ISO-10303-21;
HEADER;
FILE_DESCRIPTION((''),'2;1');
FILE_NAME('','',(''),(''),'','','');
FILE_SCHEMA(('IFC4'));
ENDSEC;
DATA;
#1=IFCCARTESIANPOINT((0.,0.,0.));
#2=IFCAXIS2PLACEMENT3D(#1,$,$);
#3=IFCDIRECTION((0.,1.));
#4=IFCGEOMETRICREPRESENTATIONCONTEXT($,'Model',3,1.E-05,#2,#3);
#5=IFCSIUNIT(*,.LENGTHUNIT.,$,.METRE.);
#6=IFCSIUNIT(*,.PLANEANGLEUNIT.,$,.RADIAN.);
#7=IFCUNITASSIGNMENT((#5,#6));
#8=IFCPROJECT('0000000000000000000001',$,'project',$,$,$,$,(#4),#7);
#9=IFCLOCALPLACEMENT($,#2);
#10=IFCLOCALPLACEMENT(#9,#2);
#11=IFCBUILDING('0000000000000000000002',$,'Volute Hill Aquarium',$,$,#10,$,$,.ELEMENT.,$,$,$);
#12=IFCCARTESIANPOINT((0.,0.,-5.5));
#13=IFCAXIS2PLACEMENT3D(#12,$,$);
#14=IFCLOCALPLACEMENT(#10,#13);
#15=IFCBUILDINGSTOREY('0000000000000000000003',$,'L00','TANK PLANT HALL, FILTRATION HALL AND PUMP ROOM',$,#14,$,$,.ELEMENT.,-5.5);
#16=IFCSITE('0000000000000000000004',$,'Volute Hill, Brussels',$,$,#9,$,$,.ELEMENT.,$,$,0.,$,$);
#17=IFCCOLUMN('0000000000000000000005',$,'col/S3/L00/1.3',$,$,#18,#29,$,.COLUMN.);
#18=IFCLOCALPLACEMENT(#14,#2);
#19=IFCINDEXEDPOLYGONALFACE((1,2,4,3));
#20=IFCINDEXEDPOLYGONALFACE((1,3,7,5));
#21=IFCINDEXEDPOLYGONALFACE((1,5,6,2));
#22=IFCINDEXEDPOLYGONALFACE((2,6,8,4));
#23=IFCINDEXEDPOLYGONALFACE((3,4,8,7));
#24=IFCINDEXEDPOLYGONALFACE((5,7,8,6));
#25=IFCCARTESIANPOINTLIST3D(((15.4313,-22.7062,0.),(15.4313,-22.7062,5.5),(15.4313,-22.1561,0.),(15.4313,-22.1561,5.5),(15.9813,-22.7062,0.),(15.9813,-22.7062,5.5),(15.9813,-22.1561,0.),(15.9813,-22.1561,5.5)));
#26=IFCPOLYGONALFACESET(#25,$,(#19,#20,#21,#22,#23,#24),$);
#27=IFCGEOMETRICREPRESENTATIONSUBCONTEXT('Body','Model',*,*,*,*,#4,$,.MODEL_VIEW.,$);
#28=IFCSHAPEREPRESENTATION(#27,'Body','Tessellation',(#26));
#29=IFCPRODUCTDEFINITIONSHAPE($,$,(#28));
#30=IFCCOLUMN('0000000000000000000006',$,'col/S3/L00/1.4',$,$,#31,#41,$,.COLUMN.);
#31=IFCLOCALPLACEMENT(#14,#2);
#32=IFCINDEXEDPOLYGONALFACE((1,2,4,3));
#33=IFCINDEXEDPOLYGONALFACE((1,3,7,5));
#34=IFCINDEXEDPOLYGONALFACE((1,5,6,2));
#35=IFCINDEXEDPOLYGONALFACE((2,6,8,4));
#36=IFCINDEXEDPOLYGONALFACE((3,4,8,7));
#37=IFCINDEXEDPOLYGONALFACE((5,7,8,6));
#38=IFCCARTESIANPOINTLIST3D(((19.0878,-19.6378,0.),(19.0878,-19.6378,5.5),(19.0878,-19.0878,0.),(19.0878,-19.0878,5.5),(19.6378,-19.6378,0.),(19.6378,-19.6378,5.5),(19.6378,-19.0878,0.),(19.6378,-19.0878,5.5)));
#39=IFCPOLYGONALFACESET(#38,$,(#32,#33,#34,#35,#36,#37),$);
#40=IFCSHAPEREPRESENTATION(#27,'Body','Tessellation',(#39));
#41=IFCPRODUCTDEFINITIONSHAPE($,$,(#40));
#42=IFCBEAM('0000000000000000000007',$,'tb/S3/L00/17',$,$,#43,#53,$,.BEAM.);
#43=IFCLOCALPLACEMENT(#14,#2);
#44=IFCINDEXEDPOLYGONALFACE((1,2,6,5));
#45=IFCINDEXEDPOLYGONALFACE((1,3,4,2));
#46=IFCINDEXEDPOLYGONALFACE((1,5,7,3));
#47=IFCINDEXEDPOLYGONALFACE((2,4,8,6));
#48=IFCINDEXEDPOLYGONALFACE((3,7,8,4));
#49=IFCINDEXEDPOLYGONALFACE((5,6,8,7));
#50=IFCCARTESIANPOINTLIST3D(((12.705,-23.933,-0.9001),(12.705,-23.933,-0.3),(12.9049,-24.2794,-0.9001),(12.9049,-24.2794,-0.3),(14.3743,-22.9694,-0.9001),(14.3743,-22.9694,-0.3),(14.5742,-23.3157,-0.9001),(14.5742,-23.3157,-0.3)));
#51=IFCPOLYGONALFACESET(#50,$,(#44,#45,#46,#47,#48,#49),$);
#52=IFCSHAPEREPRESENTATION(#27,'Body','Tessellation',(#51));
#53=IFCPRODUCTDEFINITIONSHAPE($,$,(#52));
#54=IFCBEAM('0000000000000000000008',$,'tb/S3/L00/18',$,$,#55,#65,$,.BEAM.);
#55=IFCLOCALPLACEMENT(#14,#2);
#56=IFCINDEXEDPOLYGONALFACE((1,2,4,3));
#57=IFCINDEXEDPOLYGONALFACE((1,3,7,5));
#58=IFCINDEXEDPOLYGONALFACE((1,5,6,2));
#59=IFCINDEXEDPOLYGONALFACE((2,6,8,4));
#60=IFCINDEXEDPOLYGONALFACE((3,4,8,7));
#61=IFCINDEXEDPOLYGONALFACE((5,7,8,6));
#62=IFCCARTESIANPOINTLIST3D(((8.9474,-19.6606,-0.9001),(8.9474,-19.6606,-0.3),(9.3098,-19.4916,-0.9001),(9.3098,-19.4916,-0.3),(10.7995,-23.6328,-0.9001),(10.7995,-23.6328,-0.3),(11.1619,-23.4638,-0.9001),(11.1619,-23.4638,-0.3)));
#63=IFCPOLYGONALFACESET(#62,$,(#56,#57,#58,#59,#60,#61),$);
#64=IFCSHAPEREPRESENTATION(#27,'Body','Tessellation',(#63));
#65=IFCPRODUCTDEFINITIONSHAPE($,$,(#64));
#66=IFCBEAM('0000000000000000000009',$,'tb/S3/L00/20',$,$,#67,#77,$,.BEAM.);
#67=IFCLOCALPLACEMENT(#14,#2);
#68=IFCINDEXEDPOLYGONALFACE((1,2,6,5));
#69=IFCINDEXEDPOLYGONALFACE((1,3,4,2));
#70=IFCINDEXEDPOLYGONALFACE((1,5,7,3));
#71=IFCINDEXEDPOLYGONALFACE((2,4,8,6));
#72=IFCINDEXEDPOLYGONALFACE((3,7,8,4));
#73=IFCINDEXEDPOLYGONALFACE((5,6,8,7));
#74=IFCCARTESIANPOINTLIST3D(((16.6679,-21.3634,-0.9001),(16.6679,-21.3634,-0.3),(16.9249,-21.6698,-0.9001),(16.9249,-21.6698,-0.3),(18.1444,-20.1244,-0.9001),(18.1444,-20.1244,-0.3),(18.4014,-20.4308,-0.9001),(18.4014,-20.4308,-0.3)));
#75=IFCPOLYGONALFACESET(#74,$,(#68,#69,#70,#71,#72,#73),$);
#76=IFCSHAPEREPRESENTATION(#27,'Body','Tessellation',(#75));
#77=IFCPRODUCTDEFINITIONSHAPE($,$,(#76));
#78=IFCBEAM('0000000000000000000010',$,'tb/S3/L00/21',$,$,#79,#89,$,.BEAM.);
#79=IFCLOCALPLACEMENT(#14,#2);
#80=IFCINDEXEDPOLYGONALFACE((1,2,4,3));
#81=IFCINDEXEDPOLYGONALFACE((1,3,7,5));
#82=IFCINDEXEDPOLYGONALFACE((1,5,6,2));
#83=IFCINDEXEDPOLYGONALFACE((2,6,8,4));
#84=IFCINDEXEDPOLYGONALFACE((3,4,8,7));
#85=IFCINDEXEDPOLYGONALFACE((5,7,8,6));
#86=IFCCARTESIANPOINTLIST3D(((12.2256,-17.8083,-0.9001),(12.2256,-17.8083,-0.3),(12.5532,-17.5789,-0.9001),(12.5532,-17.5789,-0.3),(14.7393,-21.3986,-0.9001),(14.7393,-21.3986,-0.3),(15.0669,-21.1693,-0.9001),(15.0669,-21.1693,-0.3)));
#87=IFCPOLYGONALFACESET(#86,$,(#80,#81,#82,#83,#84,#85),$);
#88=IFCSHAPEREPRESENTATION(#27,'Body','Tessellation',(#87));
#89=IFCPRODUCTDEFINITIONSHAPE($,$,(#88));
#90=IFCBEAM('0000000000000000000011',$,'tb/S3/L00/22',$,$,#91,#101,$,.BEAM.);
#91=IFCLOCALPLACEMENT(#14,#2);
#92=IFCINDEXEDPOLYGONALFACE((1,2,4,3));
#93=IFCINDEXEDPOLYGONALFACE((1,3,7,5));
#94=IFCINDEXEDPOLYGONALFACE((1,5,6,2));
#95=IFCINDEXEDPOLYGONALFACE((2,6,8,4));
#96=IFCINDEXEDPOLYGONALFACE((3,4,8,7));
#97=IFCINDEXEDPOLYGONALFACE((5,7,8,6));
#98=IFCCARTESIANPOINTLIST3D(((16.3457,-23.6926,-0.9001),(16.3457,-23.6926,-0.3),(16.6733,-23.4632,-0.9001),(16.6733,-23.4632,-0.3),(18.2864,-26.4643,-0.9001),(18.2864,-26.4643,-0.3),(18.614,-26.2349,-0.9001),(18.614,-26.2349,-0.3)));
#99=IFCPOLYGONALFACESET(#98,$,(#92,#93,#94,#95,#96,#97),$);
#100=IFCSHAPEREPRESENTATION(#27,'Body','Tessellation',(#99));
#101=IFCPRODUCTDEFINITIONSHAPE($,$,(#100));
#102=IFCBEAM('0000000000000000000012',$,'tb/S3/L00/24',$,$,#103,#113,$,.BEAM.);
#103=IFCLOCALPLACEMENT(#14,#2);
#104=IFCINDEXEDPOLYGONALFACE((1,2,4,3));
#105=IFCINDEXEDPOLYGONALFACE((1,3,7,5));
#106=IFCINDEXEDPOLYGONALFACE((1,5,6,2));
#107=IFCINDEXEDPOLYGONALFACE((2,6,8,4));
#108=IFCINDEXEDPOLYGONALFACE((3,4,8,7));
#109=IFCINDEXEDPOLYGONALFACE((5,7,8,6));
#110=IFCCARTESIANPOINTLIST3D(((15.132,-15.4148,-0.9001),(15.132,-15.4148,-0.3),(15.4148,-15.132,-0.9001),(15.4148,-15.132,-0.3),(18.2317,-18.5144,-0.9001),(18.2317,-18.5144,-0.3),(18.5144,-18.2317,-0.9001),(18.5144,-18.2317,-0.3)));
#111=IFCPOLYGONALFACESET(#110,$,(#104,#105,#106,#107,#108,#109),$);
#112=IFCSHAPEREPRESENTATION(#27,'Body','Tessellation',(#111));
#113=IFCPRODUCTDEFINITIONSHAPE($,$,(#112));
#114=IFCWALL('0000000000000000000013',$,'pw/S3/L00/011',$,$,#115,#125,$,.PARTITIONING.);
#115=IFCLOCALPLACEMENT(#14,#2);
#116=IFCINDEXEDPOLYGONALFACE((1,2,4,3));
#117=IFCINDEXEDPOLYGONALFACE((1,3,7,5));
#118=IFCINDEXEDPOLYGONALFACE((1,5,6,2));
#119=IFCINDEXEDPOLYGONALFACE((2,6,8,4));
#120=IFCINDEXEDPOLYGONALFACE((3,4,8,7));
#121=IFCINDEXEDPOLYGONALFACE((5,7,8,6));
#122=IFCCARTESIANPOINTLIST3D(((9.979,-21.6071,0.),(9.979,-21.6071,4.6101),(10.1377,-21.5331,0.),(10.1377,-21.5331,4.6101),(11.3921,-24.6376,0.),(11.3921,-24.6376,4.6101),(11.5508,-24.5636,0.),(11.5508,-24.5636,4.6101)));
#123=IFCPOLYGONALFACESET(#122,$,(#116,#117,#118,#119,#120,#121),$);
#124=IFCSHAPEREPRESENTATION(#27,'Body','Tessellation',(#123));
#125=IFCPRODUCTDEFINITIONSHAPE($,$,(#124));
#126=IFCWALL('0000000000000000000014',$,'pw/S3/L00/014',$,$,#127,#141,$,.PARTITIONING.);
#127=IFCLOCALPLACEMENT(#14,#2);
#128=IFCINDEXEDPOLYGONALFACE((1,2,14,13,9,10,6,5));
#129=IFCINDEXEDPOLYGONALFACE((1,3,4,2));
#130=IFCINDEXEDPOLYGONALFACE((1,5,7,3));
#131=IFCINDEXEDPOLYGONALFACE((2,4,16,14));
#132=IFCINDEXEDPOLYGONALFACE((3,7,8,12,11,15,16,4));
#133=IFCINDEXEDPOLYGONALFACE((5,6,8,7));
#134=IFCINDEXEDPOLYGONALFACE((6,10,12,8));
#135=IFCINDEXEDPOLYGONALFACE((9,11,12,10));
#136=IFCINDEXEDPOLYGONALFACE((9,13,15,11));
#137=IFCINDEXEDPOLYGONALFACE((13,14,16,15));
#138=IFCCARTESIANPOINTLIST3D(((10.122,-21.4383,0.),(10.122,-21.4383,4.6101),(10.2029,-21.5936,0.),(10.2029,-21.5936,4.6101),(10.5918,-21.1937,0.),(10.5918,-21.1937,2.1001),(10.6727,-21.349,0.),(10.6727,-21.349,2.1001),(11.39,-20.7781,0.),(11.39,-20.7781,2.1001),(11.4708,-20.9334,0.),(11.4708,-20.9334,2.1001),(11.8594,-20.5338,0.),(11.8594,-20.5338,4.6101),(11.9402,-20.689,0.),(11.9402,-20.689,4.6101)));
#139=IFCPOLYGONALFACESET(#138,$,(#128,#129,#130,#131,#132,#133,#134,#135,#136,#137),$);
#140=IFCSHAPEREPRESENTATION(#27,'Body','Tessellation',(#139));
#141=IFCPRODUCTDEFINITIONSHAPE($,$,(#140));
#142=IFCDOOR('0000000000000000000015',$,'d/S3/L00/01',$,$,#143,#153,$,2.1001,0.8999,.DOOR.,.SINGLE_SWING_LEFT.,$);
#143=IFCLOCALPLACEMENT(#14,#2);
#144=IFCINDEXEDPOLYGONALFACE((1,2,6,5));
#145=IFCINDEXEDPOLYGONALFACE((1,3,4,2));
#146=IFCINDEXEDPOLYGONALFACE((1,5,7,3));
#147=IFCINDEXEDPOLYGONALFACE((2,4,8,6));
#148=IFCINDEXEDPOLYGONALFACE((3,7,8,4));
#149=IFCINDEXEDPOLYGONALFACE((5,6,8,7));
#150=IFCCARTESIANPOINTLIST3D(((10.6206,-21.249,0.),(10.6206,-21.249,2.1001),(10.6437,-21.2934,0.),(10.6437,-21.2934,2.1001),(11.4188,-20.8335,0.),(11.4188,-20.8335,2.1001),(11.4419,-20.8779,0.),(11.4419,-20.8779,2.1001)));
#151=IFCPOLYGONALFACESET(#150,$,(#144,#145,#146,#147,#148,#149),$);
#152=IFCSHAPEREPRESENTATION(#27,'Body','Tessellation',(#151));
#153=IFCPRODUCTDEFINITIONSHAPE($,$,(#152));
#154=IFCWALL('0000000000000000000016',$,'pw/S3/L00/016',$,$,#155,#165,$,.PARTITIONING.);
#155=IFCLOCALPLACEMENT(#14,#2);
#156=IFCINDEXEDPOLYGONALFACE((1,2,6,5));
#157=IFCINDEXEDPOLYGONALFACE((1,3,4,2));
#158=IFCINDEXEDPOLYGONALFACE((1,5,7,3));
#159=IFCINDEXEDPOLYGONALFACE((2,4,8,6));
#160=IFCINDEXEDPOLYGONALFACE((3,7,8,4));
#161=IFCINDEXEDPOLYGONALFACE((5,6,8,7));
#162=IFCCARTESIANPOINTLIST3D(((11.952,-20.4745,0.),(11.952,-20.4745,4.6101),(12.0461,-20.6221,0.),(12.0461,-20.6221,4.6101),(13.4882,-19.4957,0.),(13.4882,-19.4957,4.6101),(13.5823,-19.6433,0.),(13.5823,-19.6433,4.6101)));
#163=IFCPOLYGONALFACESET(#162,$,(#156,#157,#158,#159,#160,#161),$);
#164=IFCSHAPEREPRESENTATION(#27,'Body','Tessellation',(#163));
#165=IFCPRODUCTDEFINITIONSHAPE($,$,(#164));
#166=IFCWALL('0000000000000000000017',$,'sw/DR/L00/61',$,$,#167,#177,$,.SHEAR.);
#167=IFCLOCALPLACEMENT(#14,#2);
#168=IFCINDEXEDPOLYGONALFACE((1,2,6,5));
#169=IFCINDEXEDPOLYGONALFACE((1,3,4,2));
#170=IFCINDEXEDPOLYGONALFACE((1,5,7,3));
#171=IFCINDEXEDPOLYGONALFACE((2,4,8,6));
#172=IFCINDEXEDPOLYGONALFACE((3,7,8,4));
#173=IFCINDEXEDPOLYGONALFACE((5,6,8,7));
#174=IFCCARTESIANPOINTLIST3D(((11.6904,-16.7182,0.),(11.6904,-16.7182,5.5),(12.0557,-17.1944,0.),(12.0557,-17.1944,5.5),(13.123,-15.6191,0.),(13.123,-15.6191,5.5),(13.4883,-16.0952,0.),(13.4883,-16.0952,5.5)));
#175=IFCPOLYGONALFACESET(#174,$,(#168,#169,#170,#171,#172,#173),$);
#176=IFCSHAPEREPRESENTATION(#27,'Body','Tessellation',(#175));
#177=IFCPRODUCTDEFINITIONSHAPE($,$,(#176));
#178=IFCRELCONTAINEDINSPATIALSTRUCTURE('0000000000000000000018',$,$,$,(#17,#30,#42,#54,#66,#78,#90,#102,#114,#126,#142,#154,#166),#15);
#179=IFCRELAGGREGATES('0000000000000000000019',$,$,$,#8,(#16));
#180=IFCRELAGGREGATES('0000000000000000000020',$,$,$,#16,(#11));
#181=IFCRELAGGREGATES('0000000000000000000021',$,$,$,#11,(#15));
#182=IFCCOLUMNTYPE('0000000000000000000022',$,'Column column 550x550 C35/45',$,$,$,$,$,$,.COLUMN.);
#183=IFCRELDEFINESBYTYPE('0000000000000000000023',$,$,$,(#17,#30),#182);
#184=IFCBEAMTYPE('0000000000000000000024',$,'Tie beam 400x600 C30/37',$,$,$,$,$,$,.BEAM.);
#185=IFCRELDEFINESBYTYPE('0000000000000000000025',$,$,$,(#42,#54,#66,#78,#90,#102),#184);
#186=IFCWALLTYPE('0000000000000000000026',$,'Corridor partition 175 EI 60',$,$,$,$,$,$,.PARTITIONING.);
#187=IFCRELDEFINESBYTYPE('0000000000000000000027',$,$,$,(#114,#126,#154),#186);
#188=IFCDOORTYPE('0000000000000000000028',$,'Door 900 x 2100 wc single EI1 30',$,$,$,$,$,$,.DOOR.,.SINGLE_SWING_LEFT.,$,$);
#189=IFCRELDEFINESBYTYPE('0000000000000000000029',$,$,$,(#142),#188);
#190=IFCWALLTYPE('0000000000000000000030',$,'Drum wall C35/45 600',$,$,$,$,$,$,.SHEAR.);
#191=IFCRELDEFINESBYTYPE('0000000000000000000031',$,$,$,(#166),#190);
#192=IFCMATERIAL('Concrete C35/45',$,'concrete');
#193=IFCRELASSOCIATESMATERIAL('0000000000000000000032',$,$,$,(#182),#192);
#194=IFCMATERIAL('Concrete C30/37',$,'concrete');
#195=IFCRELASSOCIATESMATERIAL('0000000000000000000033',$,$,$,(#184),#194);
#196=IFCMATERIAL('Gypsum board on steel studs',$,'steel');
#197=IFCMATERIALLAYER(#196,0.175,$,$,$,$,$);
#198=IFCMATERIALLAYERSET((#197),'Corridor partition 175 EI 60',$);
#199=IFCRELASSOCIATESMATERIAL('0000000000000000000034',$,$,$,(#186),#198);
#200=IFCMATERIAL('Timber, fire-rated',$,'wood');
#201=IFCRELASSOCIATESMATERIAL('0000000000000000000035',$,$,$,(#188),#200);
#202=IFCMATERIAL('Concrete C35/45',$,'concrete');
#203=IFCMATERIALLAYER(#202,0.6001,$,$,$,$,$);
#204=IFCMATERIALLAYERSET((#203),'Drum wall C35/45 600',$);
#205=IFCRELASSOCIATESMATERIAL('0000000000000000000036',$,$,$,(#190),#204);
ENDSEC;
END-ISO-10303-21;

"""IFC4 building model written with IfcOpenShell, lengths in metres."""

from ifc_helpers import new_model, si_unit, direction, frame, frame_2d, origin, origin_2d, place, context, subcontext, project, spatial, rectangle, extrude, material, layer, layer_set, material_profile, profile_set, type_object, element, fill, save


model = new_model("IFC4")

# Units and contexts
model_context = context("Model", 3, precision=1e-05, world=origin(), true_north=direction((0.0, 1.0)))
body_context = subcontext(model_context, "Body", "Model", "MODEL_VIEW")
ifc_project = project(units=[si_unit("LENGTHUNIT", "METRE"), si_unit("PLANEANGLEUNIT", "RADIAN")], contexts=[model_context])

# Site, building, storey
site_placement = place(None, origin())
site = spatial("IfcSite", under=ifc_project, at=site_placement, Name="Volute Hill, Brussels", CompositionType="ELEMENT", RefElevation=0.0)
building_placement = place(site_placement, origin())
building = spatial("IfcBuilding", under=site, at=building_placement, Name="Volute Hill Aquarium", CompositionType="ELEMENT")
storey_placement = place(building_placement, frame((0.0, 0.0, -5.5)))
storey = spatial("IfcBuildingStorey", under=building, at=storey_placement, Name="L00", Description="TANK PLANT HALL, FILTRATION HALL AND PUMP ROOM", CompositionType="ELEMENT", Elevation=-5.5)

# Columns
ifc_material_1 = material(Name="Concrete C35/45", Category="concrete")
ifc_material_profile_1 = material_profile(ifc_material_1, rectangle(XDim=0.55, YDim=0.55, at=origin_2d()), Name="RC column 550x550")
ifc_profile_set_1 = profile_set([ifc_material_profile_1], Name="Concrete C35/45")
column_type = type_object("IfcColumnType", Name="Column column 550x550 C35/45", PredefinedType="COLUMN", material=ifc_profile_set_1)
for number, where, z_axis, x_axis, name in (
    (1, (15.7063, -22.4312, 0.0), (0.0, 0.0, 1.0), (1.0, 0.0, 0.0), "col/S3/L00/1.3"),
    (2, (19.3628, -19.3628, 0.0), (0.0, 0.0, 1.0), (1.0, 0.0, 0.0), "col/S3/L00/1.4"),
):
    element("IfcColumn", number, at=place(storey_placement, frame(where, z_axis=z_axis, x_axis=x_axis)), inside=storey, type_object=column_type, Name=name, PredefinedType="COLUMN", context=body_context, shape_type="SweptSolid", body=[
        extrude(rectangle(XDim=0.55, YDim=0.55, at=origin_2d()), origin(), (0.0, 0.0, 1.0), 5.5),
    ])

# Beams
ifc_material_2 = material(Name="Concrete C30/37", Category="concrete")
ifc_material_profile_2 = material_profile(ifc_material_2, rectangle(XDim=0.3999, YDim=0.6001, at=origin_2d()), Name="RC tie beam 400x600")
ifc_profile_set_2 = profile_set([ifc_material_profile_2], Name="Concrete C30/37")
beam_type = type_object("IfcBeamType", Name="Tie beam 400x600 C30/37", PredefinedType="BEAM", material=ifc_profile_set_2)
beam_1_placement = place(storey_placement, frame((12.8049, -24.1062, -0.6001), z_axis=(0.866044, 0.499967, 0.0), x_axis=(-0.499967, 0.866044, 0.0)))
element("IfcBeam", 3, at=beam_1_placement, inside=storey, type_object=beam_type, Name="tb/S3/L00/17", PredefinedType="BEAM", context=body_context, shape_type="SweptSolid", body=[
    extrude(rectangle(XDim=0.3999, YDim=0.6001, at=origin_2d()), origin(), (0.0, 0.0, 1.0), 1.9275),
])
beam_2_placement = place(storey_placement, frame((10.9807, -23.5483, -0.6001), z_axis=(-0.42258, 0.906325, 0.0), x_axis=(-0.906325, -0.42258, 0.0)))
element("IfcBeam", 4, at=beam_2_placement, inside=storey, type_object=beam_type, Name="tb/S3/L00/18", PredefinedType="BEAM", context=body_context, shape_type="SweptSolid", body=[
    extrude(rectangle(XDim=0.3999, YDim=0.6001, at=origin_2d()), origin(), (0.0, 0.0, 1.0), 4.3828),
])
beam_3_placement = place(storey_placement, frame((16.7964, -21.5166, -0.6001), z_axis=(0.766037, 0.642797, 0.0), x_axis=(-0.642797, 0.766037, 0.0)))
element("IfcBeam", 5, at=beam_3_placement, inside=storey, type_object=beam_type, Name="tb/S3/L00/20", PredefinedType="BEAM", context=body_context, shape_type="SweptSolid", body=[
    extrude(rectangle(XDim=0.3999, YDim=0.6001, at=origin_2d()), origin(), (0.0, 0.0, 1.0), 1.9275),
])
beam_4_placement = place(storey_placement, frame((14.9031, -21.2839, -0.6001), z_axis=(-0.57353, 0.819185, 0.0), x_axis=(-0.819185, -0.57353, 0.0)))
element("IfcBeam", 6, at=beam_4_placement, inside=storey, type_object=beam_type, Name="tb/S3/L00/21", PredefinedType="BEAM", context=body_context, shape_type="SweptSolid", body=[
    extrude(rectangle(XDim=0.3999, YDim=0.6001, at=origin_2d()), origin(), (0.0, 0.0, 1.0), 4.3828),
])
beam_5_placement = place(storey_placement, frame((16.5095, -23.5779, -0.6001), z_axis=(0.573554, -0.819168, 0.0), x_axis=(0.819168, 0.573554, 0.0)))
element("IfcBeam", 7, at=beam_5_placement, inside=storey, type_object=beam_type, Name="tb/S3/L00/22", PredefinedType="BEAM", context=body_context, shape_type="SweptSolid", body=[
    extrude(rectangle(XDim=0.3999, YDim=0.6001, at=origin_2d()), origin(), (0.0, 0.0, 1.0), 3.3835),
])
beam_6_placement = place(storey_placement, frame((18.373, -18.373, -0.6001), z_axis=(-0.707107, 0.707107, 0.0), x_axis=(-0.707107, -0.707107, 0.0)))
element("IfcBeam", 8, at=beam_6_placement, inside=storey, type_object=beam_type, Name="tb/S3/L00/24", PredefinedType="BEAM", context=body_context, shape_type="SweptSolid", body=[
    extrude(rectangle(XDim=0.3999, YDim=0.6001, at=origin_2d()), origin(), (0.0, 0.0, 1.0), 4.3835),
])

# Wall
ifc_material_3 = material(Name="Gypsum board on steel studs", Category="steel")
ifc_layer_1 = layer(ifc_material_3, 0.175)
ifc_layer_set_1 = layer_set([ifc_layer_1], Name="Corridor partition 175 EI 60")
wall_type_1 = type_object("IfcWallType", Name="Corridor partition 175 EI 60", PredefinedType="PARTITIONING", material=ifc_layer_set_1)
wall_1_placement = place(storey_placement, frame((11.4714, -24.6006, 0.0), z_axis=(0.0, 0.0, 1.0), x_axis=(-0.422602, 0.906316, 0.0)))
element("IfcWall", 9, at=wall_1_placement, inside=storey, type_object=wall_type_1, Name="pw/S3/L00/011", PredefinedType="PARTITIONING", context=body_context, shape_type="SweptSolid", body=[
    extrude(rectangle(XDim=3.3438, YDim=0.175, at=frame_2d((1.6719, 0.0))), origin(), (0.0, 0.0, 1.0), 4.6101),
])

# Wall, opening, door
wall_2_placement = place(storey_placement, frame((11.8999, -20.6113, 0.0), z_axis=(0.0, 0.0, 1.0), x_axis=(-0.886978, -0.461812, 0.0)))
wall_2 = element("IfcWall", 10, at=wall_2_placement, inside=storey, type_object=wall_type_1, Name="pw/S3/L00/014", PredefinedType="PARTITIONING", context=body_context, shape_type="SweptSolid", body=[
    extrude(rectangle(XDim=1.9587, YDim=0.175, at=frame_2d((0.9795, 0.0))), origin(), (0.0, 0.0, 1.0), 4.6101),
])
opening_1_placement = place(wall_2_placement, frame((0.5293, 0.0, 0.0)))
opening_1 = element("IfcOpeningElement", 11, at=opening_1_placement, cuts=wall_2, PredefinedType="OPENING", context=body_context, shape_type="SweptSolid", body=[
    extrude(rectangle(XDim=0.8999, YDim=2.1001, at=frame_2d((0.45, 1.05))), frame((0.0, 0.0974, 0.0), z_axis=(0.0, -1.0, 0.0), x_axis=(1.0, 0.0, 0.0)), (0.0, 0.0, 1.0), 0.1951),
])
ifc_material_4 = material(Name="Timber, fire-rated", Category="wood")
door_type_1 = type_object("IfcDoorType", Name="Door 900 x 2100 wc single EI1 30", OperationType="SINGLE_SWING_LEFT", PredefinedType="DOOR", material=ifc_material_4)
door_1_placement = place(opening_1_placement, origin())
door_1 = element("IfcDoor", 12, at=door_1_placement, inside=storey, type_object=door_type_1, Name="d/S3/L00/01", OperationType="SINGLE_SWING_LEFT", OverallHeight=2.1001, OverallWidth=0.8999, PredefinedType="DOOR", context=body_context, shape_type="SweptSolid", body=[
    extrude(rectangle(XDim=0.8999, YDim=2.1001, at=frame_2d((0.45, 1.05))), frame((0.0, 0.0249, 0.0), z_axis=(0.0, -1.0, 0.0), x_axis=(1.0, 0.0, 0.0)), (0.0, 0.0, 1.0), 0.05),
])
fill(opening_1, door_1)

# Walls
wall_3_placement = place(storey_placement, frame((13.5352, -19.5696, 0.0), z_axis=(0.0, 0.0, 1.0), x_axis=(-0.843358, -0.537352, 0.0)))
element("IfcWall", 13, at=wall_3_placement, inside=storey, type_object=wall_type_1, Name="pw/S3/L00/016", PredefinedType="PARTITIONING", context=body_context, shape_type="SweptSolid", body=[
    extrude(rectangle(XDim=1.8215, YDim=0.175, at=frame_2d((0.9106, 0.0))), origin(), (0.0, 0.0, 1.0), 4.6101),
])
ifc_material_5 = material(Name="Concrete C35/45", Category="concrete")
ifc_layer_2 = layer(ifc_material_5, 0.6001)
ifc_layer_set_2 = layer_set([ifc_layer_2], Name="Drum wall C35/45 600")
wall_type_2 = type_object("IfcWallType", Name="Drum wall C35/45 600", PredefinedType="SHEAR", material=ifc_layer_set_2)
wall_4_placement = place(storey_placement, frame((11.873, -16.9563, 0.0), z_axis=(0.0, 0.0, 1.0), x_axis=(0.793397, 0.608704, 0.0)))
element("IfcWall", 14, at=wall_4_placement, inside=storey, type_object=wall_type_2, Name="sw/DR/L00/61", PredefinedType="SHEAR", context=body_context, shape_type="SweptSolid", body=[
    extrude(rectangle(XDim=1.8057, YDim=0.6001, at=frame_2d((0.9028, 0.0))), origin(), (0.0, 0.0, 1.0), 5.5),
])

save(model, "model.ifc")
